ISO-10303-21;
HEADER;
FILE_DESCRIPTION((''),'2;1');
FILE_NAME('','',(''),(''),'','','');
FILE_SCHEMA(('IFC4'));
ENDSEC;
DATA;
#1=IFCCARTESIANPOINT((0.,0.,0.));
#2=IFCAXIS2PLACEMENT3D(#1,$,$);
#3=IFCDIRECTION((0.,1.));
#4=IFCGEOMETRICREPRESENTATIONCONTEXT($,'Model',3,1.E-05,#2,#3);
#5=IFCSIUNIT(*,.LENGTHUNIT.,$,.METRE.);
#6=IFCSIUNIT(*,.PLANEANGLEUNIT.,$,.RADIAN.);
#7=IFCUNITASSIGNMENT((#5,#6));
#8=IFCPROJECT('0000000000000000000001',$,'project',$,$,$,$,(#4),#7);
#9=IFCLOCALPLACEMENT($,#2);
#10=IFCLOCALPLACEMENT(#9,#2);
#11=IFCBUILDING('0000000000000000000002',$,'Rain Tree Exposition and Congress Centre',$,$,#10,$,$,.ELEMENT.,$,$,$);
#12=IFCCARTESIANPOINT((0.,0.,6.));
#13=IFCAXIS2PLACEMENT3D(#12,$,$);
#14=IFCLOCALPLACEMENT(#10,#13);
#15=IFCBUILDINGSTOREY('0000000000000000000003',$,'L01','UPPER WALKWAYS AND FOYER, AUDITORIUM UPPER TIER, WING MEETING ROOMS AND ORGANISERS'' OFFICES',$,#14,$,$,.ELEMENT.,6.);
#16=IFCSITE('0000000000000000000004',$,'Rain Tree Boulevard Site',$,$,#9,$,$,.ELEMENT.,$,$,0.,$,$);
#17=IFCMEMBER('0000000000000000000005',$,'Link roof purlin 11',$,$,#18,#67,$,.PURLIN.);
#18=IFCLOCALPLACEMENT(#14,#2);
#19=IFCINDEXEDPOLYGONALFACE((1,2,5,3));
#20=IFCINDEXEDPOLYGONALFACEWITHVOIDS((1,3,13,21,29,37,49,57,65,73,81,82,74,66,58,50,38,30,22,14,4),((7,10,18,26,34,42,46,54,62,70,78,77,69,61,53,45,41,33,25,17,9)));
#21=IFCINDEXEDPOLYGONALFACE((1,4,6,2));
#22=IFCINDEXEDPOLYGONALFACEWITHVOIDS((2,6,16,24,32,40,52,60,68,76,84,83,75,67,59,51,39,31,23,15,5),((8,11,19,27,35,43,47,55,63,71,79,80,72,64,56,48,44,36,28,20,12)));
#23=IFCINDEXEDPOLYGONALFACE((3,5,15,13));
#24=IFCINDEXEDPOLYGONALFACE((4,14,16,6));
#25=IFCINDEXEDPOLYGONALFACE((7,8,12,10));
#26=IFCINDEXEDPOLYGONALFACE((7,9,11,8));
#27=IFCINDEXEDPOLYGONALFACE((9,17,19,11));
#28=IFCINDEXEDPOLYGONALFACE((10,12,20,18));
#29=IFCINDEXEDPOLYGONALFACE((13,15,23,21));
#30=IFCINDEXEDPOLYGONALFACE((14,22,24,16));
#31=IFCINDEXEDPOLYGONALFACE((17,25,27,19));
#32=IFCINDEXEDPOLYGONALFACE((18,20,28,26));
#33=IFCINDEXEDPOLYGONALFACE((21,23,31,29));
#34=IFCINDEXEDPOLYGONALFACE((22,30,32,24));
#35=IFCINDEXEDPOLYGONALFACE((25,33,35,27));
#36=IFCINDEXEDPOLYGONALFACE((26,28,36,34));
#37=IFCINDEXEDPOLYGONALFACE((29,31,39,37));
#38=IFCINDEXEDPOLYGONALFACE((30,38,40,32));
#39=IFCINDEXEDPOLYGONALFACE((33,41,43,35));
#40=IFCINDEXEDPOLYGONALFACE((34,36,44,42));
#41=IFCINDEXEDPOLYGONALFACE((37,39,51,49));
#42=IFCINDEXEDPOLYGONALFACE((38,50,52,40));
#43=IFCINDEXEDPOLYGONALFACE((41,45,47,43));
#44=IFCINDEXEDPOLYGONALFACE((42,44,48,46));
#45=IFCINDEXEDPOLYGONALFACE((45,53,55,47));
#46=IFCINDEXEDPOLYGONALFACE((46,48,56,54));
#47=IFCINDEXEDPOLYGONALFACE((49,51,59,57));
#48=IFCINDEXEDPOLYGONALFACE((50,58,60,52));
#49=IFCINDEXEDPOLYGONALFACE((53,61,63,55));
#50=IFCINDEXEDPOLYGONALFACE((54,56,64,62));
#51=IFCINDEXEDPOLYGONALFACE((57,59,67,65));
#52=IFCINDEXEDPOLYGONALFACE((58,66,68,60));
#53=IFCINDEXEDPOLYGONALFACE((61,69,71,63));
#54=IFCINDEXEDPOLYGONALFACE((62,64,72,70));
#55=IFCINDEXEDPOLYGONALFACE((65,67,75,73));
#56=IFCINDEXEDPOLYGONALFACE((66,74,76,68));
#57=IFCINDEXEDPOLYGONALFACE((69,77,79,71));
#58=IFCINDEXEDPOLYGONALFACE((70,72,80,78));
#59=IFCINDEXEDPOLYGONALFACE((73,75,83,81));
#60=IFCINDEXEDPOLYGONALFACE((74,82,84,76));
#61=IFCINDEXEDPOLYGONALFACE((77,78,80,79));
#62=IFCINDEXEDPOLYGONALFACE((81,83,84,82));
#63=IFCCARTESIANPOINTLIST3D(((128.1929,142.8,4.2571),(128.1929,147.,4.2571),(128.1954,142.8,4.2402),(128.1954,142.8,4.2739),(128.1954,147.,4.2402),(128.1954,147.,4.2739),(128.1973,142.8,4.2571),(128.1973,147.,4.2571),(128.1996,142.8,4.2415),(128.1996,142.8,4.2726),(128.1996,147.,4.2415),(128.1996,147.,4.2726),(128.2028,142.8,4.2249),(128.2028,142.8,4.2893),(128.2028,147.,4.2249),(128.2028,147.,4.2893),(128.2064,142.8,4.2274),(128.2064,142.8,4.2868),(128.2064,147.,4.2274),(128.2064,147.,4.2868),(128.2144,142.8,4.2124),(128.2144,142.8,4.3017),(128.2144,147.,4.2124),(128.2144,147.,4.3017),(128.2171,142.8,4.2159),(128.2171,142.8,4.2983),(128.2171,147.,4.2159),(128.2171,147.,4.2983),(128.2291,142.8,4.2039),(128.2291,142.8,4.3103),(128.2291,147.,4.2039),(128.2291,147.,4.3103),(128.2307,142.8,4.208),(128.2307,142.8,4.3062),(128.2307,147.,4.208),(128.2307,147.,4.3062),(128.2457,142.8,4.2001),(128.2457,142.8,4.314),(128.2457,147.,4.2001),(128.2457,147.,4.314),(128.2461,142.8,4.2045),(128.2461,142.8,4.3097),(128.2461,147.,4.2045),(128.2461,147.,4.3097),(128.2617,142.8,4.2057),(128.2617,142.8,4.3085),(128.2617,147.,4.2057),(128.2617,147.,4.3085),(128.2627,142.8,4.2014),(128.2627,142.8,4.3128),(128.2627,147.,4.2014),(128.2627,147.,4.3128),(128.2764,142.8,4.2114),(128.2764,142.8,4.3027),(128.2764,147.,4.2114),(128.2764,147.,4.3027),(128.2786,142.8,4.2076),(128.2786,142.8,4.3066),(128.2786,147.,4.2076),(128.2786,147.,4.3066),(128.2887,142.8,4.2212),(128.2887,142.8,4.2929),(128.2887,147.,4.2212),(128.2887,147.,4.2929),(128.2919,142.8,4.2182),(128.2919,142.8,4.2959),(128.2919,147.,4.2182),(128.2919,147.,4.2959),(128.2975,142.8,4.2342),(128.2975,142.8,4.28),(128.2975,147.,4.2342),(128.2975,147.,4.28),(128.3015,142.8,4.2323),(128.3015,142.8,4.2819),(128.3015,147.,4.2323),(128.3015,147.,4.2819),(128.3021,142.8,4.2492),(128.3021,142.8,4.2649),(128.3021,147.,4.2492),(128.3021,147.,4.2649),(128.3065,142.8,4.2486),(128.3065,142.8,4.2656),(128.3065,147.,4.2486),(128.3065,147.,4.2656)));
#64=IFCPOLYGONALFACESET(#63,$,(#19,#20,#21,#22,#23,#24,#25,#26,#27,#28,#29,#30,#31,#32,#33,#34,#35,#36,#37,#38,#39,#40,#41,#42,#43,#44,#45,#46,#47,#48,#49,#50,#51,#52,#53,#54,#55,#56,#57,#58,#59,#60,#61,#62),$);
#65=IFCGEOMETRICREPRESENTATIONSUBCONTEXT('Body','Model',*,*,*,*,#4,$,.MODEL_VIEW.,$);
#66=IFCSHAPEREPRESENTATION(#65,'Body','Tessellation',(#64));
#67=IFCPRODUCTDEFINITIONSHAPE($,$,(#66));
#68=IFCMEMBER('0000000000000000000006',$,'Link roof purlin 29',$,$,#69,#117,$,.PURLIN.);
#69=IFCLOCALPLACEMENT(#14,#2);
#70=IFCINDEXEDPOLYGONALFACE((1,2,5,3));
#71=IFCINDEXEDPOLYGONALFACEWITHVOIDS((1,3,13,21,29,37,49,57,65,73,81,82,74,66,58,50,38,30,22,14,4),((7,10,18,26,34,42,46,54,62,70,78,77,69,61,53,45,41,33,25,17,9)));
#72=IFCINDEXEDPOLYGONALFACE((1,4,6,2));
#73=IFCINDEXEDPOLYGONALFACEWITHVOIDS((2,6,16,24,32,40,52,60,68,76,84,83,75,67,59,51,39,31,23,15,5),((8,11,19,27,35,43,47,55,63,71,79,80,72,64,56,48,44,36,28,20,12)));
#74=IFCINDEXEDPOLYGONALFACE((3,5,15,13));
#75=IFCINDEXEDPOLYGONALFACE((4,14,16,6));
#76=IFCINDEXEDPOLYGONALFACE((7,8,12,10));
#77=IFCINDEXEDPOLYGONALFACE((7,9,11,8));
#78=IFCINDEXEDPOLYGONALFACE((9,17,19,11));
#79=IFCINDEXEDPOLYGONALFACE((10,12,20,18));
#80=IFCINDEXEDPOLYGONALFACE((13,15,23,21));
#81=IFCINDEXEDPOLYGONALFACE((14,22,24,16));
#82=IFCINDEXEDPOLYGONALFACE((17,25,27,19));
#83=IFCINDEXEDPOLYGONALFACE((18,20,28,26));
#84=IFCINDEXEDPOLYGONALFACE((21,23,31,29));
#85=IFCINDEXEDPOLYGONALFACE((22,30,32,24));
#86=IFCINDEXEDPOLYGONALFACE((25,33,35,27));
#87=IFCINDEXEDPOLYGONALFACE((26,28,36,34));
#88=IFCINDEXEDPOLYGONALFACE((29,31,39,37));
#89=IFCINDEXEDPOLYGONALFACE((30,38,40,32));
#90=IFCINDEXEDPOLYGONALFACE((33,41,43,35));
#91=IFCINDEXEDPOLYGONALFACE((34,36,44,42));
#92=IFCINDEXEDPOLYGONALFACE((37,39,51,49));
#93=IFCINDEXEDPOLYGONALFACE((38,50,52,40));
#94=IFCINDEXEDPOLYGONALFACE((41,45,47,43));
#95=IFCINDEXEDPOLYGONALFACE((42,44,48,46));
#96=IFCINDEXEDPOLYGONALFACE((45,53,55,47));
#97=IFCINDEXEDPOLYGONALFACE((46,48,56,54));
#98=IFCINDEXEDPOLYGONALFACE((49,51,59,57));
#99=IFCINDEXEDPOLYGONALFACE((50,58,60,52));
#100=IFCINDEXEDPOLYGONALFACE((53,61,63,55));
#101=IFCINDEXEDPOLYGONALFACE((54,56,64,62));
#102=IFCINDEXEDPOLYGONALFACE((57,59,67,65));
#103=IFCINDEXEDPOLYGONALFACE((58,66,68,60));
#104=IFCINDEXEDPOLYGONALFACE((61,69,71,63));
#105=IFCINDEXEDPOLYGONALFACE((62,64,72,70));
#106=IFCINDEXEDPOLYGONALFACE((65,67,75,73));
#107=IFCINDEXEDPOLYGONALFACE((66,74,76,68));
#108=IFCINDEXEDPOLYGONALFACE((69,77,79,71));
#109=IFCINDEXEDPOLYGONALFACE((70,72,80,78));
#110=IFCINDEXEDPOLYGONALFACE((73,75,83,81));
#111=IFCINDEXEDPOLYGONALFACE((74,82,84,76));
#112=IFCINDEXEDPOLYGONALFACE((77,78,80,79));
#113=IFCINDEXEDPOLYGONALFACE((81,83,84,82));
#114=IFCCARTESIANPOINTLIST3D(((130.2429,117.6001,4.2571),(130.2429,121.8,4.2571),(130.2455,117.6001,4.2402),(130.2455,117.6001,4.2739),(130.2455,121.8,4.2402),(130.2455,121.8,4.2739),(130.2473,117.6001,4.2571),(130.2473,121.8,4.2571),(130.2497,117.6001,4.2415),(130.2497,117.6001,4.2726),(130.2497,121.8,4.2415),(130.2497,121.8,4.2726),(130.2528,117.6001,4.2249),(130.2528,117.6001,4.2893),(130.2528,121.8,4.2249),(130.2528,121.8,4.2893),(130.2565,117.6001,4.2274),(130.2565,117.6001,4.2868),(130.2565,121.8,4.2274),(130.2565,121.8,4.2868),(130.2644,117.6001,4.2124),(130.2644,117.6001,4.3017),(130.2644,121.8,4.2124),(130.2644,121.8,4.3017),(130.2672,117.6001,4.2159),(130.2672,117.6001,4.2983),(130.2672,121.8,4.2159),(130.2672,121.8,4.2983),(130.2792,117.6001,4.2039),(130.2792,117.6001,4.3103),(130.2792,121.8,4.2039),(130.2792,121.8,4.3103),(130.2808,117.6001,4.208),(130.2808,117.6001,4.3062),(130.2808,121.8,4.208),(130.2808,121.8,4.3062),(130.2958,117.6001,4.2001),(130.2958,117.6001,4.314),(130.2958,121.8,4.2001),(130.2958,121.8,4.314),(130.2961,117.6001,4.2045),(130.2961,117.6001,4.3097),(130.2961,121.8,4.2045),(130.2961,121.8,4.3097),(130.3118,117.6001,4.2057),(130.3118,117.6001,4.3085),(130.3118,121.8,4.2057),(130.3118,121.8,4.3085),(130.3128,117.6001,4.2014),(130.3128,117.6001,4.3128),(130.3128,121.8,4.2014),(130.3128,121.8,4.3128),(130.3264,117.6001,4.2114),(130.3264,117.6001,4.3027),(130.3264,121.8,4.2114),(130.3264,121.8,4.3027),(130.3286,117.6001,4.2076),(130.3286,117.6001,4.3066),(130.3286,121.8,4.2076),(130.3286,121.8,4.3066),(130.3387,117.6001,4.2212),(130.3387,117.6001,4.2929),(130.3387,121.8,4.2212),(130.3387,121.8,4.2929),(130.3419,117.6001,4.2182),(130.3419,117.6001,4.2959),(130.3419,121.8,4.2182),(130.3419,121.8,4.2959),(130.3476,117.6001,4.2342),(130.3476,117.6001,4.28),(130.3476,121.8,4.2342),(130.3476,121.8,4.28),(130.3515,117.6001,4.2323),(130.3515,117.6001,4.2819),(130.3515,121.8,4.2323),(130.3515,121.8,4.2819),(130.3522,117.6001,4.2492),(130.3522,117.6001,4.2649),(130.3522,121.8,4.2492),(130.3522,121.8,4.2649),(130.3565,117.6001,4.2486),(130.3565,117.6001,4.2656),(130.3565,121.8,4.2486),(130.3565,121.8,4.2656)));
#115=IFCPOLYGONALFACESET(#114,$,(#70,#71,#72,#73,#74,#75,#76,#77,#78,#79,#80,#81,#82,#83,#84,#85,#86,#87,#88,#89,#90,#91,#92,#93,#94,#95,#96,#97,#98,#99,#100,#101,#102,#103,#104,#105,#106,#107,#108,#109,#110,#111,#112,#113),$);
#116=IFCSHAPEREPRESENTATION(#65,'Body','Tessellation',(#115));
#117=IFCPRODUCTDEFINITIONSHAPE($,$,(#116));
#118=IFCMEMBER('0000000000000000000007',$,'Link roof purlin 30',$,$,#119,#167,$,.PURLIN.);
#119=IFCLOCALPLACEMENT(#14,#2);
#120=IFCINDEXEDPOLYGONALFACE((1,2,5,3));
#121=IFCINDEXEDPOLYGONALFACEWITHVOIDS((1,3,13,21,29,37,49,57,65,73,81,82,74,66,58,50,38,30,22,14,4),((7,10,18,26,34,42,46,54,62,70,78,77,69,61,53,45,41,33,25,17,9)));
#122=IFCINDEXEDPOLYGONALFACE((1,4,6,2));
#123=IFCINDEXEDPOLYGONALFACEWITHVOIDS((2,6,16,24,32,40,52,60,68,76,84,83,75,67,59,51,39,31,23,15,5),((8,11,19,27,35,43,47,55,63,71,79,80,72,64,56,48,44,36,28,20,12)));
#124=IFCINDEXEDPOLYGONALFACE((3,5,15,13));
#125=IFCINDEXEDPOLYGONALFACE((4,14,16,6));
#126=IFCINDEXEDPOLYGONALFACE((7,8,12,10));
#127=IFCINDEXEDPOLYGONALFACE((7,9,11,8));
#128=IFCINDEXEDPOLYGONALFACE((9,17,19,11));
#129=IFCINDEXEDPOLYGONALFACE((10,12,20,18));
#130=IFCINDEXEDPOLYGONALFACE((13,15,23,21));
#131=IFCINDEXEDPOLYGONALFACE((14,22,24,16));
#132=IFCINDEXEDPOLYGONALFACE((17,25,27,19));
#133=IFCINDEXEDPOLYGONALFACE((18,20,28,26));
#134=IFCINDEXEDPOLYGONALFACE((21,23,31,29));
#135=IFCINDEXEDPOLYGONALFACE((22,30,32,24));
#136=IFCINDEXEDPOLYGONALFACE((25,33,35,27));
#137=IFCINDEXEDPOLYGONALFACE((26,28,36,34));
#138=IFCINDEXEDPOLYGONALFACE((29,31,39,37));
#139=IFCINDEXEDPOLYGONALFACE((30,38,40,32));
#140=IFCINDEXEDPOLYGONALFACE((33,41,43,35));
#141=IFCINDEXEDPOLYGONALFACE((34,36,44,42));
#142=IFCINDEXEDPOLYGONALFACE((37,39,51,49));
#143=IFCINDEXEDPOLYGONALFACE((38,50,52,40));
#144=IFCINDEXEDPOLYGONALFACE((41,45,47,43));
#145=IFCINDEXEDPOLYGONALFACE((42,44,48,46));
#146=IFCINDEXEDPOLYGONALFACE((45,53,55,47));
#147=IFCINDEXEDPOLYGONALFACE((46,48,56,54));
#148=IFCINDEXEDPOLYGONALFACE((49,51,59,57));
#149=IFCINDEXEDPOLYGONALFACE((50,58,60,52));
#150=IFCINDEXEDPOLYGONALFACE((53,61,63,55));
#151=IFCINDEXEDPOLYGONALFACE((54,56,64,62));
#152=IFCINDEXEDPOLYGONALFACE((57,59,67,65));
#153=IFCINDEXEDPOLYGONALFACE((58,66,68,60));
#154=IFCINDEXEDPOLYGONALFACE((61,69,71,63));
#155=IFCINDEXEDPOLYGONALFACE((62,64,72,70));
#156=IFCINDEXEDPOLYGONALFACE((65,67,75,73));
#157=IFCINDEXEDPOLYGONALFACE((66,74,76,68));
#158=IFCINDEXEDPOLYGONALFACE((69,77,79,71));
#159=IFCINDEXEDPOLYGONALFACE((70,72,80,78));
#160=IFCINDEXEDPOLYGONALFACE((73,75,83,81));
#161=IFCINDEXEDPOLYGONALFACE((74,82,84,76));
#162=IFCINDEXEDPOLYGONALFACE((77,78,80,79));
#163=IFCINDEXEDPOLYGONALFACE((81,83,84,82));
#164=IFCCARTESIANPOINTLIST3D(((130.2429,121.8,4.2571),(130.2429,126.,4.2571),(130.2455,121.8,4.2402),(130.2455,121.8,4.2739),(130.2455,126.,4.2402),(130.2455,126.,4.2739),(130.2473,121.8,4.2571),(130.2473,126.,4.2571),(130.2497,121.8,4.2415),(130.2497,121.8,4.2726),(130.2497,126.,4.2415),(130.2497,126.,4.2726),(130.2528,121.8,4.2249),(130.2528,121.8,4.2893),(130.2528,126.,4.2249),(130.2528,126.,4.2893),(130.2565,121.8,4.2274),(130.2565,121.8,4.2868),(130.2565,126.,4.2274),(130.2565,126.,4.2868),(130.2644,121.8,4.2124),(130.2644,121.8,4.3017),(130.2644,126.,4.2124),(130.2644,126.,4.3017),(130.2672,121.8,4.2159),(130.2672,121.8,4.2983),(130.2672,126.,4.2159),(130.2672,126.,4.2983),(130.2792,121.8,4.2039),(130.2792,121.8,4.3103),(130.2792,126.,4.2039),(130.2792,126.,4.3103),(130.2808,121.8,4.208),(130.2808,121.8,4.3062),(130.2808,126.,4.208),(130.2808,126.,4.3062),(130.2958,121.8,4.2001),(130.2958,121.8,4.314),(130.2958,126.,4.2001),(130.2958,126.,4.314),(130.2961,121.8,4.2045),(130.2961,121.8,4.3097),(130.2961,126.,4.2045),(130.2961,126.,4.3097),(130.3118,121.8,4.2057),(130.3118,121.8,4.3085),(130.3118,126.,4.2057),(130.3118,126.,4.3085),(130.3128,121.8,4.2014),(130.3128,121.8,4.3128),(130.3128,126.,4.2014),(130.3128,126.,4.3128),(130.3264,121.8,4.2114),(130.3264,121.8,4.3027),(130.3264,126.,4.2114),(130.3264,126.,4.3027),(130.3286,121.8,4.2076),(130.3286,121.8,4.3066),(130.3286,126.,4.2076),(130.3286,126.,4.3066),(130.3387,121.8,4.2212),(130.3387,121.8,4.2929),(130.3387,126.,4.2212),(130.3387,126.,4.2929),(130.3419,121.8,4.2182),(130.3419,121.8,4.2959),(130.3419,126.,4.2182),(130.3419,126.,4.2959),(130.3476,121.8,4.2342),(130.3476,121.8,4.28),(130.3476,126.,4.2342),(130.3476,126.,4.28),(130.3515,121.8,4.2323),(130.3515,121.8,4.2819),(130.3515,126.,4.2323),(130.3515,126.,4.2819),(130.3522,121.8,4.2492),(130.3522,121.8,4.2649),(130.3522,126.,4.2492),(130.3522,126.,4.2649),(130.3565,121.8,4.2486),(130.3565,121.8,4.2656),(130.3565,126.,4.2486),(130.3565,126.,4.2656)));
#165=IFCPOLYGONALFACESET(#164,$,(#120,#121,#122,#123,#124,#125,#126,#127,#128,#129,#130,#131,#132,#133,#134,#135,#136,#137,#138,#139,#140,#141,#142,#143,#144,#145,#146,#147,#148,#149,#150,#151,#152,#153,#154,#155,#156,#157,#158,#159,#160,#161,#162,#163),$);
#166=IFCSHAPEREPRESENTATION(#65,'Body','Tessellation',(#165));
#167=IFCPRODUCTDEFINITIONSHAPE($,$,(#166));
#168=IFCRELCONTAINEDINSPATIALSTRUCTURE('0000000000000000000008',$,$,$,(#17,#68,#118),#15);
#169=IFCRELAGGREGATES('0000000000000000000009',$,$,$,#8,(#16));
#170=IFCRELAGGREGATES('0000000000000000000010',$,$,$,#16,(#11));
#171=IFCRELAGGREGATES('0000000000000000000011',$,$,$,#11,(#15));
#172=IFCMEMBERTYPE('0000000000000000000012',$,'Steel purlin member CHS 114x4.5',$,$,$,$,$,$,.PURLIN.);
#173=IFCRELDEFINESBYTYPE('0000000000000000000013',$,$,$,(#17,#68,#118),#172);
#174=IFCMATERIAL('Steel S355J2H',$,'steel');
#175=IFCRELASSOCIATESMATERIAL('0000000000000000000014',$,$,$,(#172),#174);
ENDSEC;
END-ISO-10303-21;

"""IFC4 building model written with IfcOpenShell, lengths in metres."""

from ifc_helpers import new_model, si_unit, direction, frame, origin, origin_2d, place, context, subcontext, project, spatial, hollow_circle, extrude, material, material_profile, profile_set, type_object, element, save


model = new_model("IFC4")

# Units and contexts
model_context = context("Model", 3, precision=1e-05, world=origin(), true_north=direction((0.0, 1.0)))
body_context = subcontext(model_context, "Body", "Model", "MODEL_VIEW")
ifc_project = project(units=[si_unit("LENGTHUNIT", "METRE"), si_unit("PLANEANGLEUNIT", "RADIAN")], contexts=[model_context])

# Site, building, storey
site_placement = place(None, origin())
site = spatial("IfcSite", under=ifc_project, at=site_placement, Name="Rain Tree Boulevard Site", CompositionType="ELEMENT", RefElevation=0.0)
building_placement = place(site_placement, origin())
building = spatial("IfcBuilding", under=site, at=building_placement, Name="Rain Tree Exposition and Congress Centre", CompositionType="ELEMENT")
storey_placement = place(building_placement, frame((0.0, 0.0, 6.0)))
storey = spatial("IfcBuildingStorey", under=building, at=storey_placement, Name="L01", Description="UPPER WALKWAYS AND FOYER, AUDITORIUM UPPER TIER, WING MEETING ROOMS AND ORGANISERS' OFFICES", CompositionType="ELEMENT", Elevation=6.0)

# Members
ifc_material_1 = material(Name="Steel S355J2H", Category="steel")
ifc_material_profile_1 = material_profile(ifc_material_1, hollow_circle(Radius=0.0571, WallThickness=0.0044, at=origin_2d()), Name="CHS 114x4.5")
ifc_profile_set_1 = profile_set([ifc_material_profile_1], Name="Steel S355J2H")
member_type = type_object("IfcMemberType", Name="Steel purlin member CHS 114x4.5", PredefinedType="PURLIN", material=ifc_profile_set_1)
for number, where, z_axis, x_axis, name in (
    (1, (128.25, 142.8, 4.2571), (0.0, 1.0, 0.0), (-1.0, 0.0, 0.0), "Link roof purlin 11"),
    (2, (130.3, 117.6001, 4.2571), (0.0, 1.0, 0.0), (-1.0, 0.0, 0.0), "Link roof purlin 29"),
    (3, (130.3, 121.8, 4.2571), (0.0, 1.0, 0.0), (-1.0, 0.0, 0.0), "Link roof purlin 30"),
):
    element("IfcMember", number, at=place(storey_placement, frame(where, z_axis=z_axis, x_axis=x_axis)), inside=storey, type_object=member_type, Name=name, PredefinedType="PURLIN", context=body_context, shape_type="SweptSolid", body=[
        extrude(hollow_circle(Radius=0.0571, WallThickness=0.0044, at=origin_2d()), origin(), (0.0, 0.0, 1.0), 4.2),
    ])

save(model, "model.ifc")
